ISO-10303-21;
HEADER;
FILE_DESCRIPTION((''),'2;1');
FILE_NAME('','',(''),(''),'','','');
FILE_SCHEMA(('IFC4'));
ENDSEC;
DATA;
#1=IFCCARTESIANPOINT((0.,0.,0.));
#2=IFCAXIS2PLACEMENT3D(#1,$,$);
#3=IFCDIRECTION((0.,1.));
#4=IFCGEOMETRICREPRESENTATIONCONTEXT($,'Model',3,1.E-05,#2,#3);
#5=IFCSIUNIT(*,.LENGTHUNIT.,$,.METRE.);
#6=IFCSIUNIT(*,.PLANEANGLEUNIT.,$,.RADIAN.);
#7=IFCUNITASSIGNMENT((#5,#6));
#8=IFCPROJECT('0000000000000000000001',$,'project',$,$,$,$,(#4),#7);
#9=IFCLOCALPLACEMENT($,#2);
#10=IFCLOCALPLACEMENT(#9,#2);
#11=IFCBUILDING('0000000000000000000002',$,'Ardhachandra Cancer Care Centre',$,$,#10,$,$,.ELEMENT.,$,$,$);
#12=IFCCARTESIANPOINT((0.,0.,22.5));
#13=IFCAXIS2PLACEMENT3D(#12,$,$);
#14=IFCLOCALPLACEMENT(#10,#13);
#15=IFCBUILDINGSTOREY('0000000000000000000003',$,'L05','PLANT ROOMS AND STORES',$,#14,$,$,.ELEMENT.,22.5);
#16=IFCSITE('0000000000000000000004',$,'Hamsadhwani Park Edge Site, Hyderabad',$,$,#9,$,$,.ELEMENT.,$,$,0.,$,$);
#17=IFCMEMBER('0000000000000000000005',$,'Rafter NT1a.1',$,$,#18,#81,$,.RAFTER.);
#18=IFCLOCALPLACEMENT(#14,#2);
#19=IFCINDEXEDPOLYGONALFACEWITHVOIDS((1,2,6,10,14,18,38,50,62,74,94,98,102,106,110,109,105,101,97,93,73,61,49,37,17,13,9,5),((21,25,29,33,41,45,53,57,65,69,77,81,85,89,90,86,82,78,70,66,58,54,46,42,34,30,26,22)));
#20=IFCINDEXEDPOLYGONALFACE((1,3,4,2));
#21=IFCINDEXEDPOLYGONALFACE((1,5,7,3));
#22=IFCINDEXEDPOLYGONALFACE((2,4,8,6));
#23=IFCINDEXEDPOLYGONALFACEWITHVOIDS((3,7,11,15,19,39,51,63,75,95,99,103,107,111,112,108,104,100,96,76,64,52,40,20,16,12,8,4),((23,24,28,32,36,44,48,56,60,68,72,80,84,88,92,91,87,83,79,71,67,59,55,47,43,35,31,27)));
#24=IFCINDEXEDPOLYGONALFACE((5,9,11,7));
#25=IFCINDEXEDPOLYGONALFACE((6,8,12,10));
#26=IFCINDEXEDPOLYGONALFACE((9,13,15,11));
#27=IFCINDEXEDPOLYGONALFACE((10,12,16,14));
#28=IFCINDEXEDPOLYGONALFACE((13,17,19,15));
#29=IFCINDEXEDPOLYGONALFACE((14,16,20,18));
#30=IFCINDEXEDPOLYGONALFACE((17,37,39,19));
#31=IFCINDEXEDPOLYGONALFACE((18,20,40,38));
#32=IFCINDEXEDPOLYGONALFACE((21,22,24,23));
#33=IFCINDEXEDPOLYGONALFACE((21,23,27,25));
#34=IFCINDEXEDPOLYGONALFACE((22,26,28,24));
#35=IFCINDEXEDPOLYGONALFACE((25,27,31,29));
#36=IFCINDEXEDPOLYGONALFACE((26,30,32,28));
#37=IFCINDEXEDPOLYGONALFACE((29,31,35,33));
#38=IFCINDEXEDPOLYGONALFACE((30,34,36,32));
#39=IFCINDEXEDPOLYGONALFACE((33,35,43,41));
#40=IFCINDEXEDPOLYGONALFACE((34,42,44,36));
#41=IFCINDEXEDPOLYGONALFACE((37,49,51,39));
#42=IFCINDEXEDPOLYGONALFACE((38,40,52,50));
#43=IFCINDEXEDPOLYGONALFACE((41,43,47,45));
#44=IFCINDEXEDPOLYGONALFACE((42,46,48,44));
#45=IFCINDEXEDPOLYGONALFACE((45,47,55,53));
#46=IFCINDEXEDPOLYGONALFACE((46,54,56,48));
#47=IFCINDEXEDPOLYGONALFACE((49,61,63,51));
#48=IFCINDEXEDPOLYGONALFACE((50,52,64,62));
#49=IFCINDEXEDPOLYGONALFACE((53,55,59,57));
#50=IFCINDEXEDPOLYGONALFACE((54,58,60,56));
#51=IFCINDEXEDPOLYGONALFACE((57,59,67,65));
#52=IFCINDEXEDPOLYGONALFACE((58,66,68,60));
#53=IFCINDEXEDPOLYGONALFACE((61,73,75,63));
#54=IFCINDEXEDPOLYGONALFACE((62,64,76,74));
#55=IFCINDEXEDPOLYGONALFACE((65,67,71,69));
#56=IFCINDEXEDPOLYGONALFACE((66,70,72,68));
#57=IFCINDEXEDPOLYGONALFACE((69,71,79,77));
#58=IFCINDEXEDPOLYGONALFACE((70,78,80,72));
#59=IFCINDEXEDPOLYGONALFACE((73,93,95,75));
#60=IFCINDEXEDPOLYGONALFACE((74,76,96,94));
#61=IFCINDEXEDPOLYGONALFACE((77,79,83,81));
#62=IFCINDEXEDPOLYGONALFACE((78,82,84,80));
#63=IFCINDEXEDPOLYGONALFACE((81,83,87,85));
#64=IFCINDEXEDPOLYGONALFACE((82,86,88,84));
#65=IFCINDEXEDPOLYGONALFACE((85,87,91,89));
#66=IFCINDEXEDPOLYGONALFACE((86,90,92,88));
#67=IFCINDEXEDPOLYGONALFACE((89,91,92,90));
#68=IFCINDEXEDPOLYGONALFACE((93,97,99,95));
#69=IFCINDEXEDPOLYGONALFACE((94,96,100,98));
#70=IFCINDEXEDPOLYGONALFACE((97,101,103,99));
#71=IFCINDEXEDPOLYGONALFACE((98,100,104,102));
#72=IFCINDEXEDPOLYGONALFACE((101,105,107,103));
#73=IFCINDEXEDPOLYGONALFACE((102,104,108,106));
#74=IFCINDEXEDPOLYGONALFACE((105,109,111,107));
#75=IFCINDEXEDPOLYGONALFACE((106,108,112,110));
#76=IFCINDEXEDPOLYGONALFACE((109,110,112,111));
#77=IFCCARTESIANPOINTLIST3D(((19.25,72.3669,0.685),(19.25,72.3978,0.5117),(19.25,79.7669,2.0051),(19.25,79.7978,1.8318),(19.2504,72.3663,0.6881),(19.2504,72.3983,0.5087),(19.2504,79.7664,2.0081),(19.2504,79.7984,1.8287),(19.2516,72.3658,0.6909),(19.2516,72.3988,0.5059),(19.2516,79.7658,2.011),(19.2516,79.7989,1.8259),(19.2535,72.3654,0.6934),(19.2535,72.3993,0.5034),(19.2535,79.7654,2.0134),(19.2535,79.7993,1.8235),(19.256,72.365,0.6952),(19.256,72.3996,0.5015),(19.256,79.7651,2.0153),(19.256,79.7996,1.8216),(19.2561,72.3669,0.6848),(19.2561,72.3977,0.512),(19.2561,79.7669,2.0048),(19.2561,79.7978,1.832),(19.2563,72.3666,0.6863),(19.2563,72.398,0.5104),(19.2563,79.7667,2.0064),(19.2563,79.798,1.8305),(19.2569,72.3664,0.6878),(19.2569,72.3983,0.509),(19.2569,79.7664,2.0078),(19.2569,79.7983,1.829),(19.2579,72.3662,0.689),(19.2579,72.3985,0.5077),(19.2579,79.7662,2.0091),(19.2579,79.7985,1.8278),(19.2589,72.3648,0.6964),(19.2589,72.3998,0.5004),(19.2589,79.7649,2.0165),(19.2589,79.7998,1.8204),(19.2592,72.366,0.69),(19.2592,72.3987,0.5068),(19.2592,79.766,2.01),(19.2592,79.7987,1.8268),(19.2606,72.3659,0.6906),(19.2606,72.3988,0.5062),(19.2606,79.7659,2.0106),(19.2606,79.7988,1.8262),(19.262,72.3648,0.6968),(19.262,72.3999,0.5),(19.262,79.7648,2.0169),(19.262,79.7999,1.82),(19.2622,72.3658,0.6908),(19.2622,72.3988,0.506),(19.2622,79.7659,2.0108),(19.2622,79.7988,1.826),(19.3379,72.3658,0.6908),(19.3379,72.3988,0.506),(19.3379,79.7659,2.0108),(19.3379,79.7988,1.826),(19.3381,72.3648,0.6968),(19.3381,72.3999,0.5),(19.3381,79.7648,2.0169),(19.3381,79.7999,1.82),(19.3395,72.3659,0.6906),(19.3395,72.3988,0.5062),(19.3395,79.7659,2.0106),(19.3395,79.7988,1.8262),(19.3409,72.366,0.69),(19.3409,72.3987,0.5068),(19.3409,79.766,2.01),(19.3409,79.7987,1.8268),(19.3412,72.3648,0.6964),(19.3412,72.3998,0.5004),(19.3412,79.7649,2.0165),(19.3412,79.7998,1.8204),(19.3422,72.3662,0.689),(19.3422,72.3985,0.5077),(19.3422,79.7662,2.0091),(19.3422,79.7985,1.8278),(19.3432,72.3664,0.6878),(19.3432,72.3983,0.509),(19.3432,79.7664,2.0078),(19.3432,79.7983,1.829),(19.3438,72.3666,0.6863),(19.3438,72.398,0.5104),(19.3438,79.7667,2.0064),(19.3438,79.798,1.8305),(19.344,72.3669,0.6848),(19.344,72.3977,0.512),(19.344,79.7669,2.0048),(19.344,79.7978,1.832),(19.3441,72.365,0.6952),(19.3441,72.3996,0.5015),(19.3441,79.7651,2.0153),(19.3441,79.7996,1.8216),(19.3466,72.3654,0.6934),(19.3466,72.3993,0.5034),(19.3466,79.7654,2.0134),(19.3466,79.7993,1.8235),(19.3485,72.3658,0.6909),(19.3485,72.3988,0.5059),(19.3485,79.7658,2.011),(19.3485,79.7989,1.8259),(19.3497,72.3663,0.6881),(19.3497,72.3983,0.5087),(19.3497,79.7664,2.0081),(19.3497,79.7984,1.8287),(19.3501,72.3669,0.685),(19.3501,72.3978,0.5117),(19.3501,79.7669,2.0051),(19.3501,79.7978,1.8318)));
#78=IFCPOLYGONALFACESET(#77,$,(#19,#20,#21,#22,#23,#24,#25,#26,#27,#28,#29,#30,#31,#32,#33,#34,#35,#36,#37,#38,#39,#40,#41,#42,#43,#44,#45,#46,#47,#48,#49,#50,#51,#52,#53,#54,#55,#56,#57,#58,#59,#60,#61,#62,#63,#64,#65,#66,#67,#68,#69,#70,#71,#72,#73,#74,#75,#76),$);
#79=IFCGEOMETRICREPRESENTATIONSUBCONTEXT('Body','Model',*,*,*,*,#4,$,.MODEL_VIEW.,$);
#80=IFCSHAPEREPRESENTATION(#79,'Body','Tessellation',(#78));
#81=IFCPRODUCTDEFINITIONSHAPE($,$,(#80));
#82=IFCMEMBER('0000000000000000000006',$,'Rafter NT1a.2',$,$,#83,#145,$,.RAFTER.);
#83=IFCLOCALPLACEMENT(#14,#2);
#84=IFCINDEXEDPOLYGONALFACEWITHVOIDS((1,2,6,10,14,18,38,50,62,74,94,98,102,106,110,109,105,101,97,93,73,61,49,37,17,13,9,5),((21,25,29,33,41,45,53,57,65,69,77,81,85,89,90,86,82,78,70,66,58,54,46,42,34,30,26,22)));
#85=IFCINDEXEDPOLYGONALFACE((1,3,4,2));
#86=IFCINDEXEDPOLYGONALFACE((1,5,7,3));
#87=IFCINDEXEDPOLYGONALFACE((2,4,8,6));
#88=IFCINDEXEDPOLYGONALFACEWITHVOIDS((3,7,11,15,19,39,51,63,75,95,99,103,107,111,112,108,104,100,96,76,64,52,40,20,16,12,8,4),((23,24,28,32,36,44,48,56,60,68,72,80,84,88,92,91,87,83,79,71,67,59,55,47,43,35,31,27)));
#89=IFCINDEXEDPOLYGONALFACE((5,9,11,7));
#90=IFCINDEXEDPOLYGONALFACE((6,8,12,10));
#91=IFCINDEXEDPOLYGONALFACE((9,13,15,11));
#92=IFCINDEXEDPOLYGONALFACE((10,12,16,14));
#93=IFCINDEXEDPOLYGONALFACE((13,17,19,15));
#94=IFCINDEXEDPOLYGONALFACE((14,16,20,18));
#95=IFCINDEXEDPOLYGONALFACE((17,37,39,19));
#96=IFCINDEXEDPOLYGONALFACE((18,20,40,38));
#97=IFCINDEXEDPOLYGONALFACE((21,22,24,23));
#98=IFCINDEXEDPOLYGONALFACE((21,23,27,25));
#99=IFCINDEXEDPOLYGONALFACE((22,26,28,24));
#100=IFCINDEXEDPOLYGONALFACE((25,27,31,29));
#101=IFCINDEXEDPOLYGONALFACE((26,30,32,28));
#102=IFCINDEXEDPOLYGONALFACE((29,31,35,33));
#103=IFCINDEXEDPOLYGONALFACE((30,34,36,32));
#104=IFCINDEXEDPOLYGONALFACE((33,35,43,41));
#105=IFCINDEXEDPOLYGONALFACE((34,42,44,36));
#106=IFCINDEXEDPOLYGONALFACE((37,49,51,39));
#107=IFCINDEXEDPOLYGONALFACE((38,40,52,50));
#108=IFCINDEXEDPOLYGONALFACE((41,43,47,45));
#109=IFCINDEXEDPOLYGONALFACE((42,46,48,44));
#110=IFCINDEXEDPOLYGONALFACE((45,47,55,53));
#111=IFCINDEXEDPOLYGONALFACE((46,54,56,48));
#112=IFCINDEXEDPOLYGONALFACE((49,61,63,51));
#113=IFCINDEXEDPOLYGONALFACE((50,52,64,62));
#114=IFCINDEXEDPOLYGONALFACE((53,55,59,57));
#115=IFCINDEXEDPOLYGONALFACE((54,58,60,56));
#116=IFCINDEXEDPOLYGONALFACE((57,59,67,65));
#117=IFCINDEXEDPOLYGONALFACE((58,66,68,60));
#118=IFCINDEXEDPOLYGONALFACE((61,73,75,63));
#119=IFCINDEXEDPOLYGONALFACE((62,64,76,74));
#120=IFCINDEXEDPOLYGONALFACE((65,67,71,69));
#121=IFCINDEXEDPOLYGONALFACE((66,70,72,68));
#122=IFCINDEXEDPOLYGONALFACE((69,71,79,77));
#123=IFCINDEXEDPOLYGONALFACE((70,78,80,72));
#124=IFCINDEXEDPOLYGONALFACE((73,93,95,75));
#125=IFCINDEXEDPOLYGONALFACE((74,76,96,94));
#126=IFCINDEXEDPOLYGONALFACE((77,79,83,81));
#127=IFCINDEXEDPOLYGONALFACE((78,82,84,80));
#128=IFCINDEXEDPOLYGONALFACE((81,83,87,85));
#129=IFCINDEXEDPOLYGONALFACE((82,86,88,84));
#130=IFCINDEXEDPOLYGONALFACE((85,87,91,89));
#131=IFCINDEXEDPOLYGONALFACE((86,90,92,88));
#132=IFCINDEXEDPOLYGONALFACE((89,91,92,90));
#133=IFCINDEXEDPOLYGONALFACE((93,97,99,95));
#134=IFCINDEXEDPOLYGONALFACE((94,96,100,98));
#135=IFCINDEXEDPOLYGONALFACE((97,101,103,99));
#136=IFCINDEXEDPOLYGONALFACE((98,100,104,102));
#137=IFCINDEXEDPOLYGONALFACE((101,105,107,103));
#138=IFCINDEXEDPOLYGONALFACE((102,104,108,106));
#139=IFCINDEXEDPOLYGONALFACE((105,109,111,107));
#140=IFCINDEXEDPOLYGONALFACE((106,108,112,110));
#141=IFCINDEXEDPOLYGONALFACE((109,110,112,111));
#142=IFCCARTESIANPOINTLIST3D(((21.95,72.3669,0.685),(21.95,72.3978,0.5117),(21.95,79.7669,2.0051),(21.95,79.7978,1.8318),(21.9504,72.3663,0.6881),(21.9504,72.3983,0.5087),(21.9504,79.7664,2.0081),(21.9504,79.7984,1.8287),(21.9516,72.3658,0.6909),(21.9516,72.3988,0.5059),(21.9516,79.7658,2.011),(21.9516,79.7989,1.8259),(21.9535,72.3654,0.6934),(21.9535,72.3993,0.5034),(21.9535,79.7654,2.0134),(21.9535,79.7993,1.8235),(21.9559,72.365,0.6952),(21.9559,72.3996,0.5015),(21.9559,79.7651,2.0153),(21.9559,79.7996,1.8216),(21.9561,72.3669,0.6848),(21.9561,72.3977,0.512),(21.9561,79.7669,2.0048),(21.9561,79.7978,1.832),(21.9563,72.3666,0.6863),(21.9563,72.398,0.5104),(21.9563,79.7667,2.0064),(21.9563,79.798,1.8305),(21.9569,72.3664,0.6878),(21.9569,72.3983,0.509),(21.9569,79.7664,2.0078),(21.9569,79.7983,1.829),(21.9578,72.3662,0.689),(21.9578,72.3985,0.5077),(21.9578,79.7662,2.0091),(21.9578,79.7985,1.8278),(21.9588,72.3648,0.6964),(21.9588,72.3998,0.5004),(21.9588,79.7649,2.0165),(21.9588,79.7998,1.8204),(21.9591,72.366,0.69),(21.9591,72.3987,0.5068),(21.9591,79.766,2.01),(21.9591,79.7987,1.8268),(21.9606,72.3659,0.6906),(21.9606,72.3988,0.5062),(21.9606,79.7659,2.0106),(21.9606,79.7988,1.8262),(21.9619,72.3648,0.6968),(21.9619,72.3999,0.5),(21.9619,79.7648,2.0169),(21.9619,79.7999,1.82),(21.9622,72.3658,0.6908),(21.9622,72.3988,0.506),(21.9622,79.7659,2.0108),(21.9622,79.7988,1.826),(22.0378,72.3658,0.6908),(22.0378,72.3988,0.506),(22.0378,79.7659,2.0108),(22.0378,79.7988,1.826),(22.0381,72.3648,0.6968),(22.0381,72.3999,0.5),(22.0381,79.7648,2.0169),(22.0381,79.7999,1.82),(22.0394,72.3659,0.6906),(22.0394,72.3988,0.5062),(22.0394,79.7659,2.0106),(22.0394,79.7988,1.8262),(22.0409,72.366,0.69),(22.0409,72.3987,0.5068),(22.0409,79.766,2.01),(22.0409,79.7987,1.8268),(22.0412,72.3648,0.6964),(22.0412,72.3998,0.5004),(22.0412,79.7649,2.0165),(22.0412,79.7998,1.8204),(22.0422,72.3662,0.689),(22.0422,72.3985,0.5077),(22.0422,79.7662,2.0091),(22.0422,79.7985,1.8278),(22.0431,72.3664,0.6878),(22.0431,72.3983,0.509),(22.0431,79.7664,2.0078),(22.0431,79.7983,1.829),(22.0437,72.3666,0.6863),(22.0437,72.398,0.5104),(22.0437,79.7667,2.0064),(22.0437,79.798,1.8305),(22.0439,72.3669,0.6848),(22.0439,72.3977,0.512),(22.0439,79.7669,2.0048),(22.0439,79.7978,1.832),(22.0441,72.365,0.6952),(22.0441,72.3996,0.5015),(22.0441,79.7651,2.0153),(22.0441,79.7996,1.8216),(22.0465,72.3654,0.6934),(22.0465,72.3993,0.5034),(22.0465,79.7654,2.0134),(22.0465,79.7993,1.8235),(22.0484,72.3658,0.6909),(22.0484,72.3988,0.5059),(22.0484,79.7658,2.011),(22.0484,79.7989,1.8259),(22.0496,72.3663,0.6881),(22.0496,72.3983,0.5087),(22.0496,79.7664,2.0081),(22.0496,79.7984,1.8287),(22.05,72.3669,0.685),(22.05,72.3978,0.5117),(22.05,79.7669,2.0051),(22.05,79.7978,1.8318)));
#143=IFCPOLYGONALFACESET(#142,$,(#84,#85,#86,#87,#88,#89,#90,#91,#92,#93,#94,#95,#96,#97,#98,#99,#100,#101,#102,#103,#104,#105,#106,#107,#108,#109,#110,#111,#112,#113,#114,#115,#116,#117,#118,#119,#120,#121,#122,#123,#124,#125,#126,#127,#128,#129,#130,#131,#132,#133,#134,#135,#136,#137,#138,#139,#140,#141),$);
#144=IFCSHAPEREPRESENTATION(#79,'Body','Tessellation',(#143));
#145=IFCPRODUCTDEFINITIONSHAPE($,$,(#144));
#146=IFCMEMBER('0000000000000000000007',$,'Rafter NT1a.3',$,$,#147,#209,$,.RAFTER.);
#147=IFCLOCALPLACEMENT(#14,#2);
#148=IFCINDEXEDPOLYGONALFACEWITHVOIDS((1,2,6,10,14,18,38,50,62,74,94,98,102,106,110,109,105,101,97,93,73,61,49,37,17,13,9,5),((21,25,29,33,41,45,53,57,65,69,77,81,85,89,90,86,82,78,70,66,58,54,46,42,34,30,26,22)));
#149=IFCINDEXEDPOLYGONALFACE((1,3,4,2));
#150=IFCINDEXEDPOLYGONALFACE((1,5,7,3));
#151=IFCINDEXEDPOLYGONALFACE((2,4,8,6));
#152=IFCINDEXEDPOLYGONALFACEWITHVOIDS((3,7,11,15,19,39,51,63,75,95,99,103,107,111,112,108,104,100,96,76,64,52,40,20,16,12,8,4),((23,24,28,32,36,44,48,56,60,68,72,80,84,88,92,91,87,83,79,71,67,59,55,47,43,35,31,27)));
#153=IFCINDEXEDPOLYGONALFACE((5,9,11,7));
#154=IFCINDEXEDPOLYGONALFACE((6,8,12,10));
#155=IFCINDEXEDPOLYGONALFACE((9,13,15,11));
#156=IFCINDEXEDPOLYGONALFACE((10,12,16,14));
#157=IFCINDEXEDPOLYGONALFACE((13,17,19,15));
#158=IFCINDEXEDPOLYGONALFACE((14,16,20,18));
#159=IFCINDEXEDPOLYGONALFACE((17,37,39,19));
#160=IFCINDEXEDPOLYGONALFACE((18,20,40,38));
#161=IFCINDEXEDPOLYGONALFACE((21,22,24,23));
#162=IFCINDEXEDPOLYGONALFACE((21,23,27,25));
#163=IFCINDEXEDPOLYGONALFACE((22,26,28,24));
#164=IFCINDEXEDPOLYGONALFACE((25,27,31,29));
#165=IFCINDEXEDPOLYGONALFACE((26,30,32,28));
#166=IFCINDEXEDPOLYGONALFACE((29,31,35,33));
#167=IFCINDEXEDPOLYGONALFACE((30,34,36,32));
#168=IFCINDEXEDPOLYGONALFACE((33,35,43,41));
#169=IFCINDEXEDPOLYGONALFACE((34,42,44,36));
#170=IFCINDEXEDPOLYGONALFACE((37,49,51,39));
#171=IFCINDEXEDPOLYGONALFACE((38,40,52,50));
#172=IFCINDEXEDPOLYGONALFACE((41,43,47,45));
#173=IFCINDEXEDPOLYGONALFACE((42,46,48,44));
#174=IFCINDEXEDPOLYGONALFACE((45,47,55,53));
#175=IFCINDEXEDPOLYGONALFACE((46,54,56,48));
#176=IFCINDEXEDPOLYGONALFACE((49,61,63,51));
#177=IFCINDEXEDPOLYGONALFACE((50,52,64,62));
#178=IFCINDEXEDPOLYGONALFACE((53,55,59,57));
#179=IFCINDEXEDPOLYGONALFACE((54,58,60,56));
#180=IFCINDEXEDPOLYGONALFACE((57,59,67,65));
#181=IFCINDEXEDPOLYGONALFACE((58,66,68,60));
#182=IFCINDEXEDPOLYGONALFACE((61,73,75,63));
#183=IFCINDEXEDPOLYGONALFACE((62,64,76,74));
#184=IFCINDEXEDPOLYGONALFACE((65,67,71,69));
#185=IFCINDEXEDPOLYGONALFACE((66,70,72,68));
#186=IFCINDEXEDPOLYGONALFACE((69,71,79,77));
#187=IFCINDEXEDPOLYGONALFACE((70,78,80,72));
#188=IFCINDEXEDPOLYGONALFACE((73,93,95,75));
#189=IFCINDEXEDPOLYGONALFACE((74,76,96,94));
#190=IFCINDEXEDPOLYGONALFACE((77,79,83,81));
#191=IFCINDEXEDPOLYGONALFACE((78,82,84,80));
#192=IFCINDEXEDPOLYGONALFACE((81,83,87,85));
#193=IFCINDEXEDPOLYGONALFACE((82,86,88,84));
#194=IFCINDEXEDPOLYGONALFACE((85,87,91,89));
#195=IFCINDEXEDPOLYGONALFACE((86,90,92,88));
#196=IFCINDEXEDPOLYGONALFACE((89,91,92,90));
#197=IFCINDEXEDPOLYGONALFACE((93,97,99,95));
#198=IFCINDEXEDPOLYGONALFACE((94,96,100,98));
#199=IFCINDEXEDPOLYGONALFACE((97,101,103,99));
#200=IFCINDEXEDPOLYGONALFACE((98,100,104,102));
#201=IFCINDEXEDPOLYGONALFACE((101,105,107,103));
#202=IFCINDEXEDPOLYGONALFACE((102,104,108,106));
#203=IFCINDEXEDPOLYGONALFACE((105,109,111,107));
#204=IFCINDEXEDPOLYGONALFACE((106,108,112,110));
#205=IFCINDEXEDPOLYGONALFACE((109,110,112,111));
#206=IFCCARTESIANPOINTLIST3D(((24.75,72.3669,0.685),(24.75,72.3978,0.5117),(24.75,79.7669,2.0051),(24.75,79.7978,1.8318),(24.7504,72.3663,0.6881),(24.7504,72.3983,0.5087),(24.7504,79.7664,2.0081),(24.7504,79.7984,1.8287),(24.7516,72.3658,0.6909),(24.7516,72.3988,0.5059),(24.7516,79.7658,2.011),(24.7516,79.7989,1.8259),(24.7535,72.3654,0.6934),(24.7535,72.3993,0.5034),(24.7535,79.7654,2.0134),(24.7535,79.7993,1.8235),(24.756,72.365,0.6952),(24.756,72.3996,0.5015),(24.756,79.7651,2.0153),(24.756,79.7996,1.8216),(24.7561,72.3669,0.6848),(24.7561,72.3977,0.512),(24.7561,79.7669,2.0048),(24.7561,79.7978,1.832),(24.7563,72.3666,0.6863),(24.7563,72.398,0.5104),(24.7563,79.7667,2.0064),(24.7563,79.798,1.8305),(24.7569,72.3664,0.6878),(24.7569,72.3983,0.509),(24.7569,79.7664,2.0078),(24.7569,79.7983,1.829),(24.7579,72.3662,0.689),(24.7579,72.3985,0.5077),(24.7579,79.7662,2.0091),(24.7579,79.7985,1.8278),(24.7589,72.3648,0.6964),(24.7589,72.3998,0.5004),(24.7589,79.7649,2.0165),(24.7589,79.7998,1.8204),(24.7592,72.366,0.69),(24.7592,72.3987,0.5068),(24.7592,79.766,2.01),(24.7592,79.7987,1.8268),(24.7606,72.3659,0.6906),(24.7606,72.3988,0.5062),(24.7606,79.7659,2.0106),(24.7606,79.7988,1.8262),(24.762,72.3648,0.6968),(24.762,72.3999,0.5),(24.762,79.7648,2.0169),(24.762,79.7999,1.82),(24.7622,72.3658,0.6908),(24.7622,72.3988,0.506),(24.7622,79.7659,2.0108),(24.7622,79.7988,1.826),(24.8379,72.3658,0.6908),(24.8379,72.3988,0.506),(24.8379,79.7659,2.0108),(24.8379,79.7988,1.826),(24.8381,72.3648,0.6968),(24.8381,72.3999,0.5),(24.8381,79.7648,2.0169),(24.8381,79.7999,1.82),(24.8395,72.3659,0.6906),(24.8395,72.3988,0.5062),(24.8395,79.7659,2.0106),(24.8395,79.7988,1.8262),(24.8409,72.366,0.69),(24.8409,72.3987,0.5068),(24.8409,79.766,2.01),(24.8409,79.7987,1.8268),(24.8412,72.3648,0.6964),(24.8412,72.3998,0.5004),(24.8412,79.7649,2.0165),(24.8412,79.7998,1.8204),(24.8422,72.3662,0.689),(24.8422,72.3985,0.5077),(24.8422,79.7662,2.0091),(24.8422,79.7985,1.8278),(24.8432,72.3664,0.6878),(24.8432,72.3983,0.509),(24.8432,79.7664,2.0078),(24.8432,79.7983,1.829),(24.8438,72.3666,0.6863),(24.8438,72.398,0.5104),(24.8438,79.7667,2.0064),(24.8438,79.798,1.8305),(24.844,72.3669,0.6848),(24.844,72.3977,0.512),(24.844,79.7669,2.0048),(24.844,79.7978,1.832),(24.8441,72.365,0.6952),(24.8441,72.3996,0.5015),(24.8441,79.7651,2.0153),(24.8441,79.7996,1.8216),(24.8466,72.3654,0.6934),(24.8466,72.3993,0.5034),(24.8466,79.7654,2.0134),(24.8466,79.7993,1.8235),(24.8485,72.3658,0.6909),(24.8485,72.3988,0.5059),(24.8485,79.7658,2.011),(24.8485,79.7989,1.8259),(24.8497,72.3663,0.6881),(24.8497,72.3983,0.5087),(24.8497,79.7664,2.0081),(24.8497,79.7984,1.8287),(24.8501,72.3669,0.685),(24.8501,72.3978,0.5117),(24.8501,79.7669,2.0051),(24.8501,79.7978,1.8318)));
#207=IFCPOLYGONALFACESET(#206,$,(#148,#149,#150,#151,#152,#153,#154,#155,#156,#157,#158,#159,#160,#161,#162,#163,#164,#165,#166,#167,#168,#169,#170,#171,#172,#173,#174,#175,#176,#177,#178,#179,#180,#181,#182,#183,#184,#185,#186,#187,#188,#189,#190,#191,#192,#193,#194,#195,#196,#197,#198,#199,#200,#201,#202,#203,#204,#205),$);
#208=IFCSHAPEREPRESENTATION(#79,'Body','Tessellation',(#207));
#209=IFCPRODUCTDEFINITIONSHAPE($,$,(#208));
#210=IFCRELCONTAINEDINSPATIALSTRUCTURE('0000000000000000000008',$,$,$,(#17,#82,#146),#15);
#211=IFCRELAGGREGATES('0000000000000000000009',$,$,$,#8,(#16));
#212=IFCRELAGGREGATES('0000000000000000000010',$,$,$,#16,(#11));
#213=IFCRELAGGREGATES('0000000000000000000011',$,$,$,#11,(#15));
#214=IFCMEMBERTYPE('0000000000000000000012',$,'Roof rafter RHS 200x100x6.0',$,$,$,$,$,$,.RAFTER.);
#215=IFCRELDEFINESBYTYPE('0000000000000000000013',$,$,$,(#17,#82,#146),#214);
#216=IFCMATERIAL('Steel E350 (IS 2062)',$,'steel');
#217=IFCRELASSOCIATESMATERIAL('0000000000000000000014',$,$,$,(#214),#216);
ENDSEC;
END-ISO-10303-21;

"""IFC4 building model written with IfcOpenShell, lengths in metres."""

from ifc_helpers import new_model, si_unit, direction, frame, origin, origin_2d, place, context, subcontext, project, spatial, hollow_rectangle, extrude, material, material_profile, profile_set, type_object, element, save


model = new_model("IFC4")

# Units and contexts
model_context = context("Model", 3, precision=1e-05, world=origin(), true_north=direction((0.0, 1.0)))
body_context = subcontext(model_context, "Body", "Model", "MODEL_VIEW")
ifc_project = project(units=[si_unit("LENGTHUNIT", "METRE"), si_unit("PLANEANGLEUNIT", "RADIAN")], contexts=[model_context])

# Site, building, storey
site_placement = place(None, origin())
site = spatial("IfcSite", under=ifc_project, at=site_placement, Name="Hamsadhwani Park Edge Site, Hyderabad", CompositionType="ELEMENT", RefElevation=0.0)
building_placement = place(site_placement, origin())
building = spatial("IfcBuilding", under=site, at=building_placement, Name="Ardhachandra Cancer Care Centre", CompositionType="ELEMENT")
storey_placement = place(building_placement, frame((0.0, 0.0, 22.5)))
storey = spatial("IfcBuildingStorey", under=building, at=storey_placement, Name="L05", Description="PLANT ROOMS AND STORES", CompositionType="ELEMENT", Elevation=22.5)

# Members
ifc_material_1 = material(Name="Steel E350 (IS 2062)", Category="steel")
ifc_material_profile_1 = material_profile(ifc_material_1, hollow_rectangle(XDim=0.1001, YDim=0.2, WallThickness=0.0061, InnerFilletRadius=0.0061, OuterFilletRadius=0.012, at=origin_2d()), Name="RHS 200x100x6.0")
ifc_profile_set_1 = profile_set([ifc_material_profile_1], Name="Steel E350 (IS 2062)")
member_type_1 = type_object("IfcMemberType", Name="Roof rafter RHS 200x100x6.0", PredefinedType="RAFTER", material=ifc_profile_set_1)
for number, where, z_axis, x_axis, name in (
    (1, (19.3, 72.3823, 0.5984), (0.0, 0.984459, 0.175612), (-1.0, 0.0, 0.0), "Rafter NT1a.1"),
    (2, (22.0, 72.3823, 0.5984), (0.0, 0.984459, 0.175612), (-1.0, 0.0, 0.0), "Rafter NT1a.2"),
    (3, (24.8, 72.3823, 0.5984), (0.0, 0.984459, 0.175612), (-1.0, 0.0, 0.0), "Rafter NT1a.3"),
):
    element("IfcMember", number, at=place(storey_placement, frame(where, z_axis=z_axis, x_axis=x_axis)), inside=storey, type_object=member_type_1, Name=name, PredefinedType="RAFTER", context=body_context, shape_type="SweptSolid", body=[
        extrude(hollow_rectangle(XDim=0.1001, YDim=0.2, WallThickness=0.0061, InnerFilletRadius=0.0061, OuterFilletRadius=0.012, at=origin_2d()), origin(), (0.0, 0.0, 1.0), 7.5168),
    ])

save(model, "model.ifc")
